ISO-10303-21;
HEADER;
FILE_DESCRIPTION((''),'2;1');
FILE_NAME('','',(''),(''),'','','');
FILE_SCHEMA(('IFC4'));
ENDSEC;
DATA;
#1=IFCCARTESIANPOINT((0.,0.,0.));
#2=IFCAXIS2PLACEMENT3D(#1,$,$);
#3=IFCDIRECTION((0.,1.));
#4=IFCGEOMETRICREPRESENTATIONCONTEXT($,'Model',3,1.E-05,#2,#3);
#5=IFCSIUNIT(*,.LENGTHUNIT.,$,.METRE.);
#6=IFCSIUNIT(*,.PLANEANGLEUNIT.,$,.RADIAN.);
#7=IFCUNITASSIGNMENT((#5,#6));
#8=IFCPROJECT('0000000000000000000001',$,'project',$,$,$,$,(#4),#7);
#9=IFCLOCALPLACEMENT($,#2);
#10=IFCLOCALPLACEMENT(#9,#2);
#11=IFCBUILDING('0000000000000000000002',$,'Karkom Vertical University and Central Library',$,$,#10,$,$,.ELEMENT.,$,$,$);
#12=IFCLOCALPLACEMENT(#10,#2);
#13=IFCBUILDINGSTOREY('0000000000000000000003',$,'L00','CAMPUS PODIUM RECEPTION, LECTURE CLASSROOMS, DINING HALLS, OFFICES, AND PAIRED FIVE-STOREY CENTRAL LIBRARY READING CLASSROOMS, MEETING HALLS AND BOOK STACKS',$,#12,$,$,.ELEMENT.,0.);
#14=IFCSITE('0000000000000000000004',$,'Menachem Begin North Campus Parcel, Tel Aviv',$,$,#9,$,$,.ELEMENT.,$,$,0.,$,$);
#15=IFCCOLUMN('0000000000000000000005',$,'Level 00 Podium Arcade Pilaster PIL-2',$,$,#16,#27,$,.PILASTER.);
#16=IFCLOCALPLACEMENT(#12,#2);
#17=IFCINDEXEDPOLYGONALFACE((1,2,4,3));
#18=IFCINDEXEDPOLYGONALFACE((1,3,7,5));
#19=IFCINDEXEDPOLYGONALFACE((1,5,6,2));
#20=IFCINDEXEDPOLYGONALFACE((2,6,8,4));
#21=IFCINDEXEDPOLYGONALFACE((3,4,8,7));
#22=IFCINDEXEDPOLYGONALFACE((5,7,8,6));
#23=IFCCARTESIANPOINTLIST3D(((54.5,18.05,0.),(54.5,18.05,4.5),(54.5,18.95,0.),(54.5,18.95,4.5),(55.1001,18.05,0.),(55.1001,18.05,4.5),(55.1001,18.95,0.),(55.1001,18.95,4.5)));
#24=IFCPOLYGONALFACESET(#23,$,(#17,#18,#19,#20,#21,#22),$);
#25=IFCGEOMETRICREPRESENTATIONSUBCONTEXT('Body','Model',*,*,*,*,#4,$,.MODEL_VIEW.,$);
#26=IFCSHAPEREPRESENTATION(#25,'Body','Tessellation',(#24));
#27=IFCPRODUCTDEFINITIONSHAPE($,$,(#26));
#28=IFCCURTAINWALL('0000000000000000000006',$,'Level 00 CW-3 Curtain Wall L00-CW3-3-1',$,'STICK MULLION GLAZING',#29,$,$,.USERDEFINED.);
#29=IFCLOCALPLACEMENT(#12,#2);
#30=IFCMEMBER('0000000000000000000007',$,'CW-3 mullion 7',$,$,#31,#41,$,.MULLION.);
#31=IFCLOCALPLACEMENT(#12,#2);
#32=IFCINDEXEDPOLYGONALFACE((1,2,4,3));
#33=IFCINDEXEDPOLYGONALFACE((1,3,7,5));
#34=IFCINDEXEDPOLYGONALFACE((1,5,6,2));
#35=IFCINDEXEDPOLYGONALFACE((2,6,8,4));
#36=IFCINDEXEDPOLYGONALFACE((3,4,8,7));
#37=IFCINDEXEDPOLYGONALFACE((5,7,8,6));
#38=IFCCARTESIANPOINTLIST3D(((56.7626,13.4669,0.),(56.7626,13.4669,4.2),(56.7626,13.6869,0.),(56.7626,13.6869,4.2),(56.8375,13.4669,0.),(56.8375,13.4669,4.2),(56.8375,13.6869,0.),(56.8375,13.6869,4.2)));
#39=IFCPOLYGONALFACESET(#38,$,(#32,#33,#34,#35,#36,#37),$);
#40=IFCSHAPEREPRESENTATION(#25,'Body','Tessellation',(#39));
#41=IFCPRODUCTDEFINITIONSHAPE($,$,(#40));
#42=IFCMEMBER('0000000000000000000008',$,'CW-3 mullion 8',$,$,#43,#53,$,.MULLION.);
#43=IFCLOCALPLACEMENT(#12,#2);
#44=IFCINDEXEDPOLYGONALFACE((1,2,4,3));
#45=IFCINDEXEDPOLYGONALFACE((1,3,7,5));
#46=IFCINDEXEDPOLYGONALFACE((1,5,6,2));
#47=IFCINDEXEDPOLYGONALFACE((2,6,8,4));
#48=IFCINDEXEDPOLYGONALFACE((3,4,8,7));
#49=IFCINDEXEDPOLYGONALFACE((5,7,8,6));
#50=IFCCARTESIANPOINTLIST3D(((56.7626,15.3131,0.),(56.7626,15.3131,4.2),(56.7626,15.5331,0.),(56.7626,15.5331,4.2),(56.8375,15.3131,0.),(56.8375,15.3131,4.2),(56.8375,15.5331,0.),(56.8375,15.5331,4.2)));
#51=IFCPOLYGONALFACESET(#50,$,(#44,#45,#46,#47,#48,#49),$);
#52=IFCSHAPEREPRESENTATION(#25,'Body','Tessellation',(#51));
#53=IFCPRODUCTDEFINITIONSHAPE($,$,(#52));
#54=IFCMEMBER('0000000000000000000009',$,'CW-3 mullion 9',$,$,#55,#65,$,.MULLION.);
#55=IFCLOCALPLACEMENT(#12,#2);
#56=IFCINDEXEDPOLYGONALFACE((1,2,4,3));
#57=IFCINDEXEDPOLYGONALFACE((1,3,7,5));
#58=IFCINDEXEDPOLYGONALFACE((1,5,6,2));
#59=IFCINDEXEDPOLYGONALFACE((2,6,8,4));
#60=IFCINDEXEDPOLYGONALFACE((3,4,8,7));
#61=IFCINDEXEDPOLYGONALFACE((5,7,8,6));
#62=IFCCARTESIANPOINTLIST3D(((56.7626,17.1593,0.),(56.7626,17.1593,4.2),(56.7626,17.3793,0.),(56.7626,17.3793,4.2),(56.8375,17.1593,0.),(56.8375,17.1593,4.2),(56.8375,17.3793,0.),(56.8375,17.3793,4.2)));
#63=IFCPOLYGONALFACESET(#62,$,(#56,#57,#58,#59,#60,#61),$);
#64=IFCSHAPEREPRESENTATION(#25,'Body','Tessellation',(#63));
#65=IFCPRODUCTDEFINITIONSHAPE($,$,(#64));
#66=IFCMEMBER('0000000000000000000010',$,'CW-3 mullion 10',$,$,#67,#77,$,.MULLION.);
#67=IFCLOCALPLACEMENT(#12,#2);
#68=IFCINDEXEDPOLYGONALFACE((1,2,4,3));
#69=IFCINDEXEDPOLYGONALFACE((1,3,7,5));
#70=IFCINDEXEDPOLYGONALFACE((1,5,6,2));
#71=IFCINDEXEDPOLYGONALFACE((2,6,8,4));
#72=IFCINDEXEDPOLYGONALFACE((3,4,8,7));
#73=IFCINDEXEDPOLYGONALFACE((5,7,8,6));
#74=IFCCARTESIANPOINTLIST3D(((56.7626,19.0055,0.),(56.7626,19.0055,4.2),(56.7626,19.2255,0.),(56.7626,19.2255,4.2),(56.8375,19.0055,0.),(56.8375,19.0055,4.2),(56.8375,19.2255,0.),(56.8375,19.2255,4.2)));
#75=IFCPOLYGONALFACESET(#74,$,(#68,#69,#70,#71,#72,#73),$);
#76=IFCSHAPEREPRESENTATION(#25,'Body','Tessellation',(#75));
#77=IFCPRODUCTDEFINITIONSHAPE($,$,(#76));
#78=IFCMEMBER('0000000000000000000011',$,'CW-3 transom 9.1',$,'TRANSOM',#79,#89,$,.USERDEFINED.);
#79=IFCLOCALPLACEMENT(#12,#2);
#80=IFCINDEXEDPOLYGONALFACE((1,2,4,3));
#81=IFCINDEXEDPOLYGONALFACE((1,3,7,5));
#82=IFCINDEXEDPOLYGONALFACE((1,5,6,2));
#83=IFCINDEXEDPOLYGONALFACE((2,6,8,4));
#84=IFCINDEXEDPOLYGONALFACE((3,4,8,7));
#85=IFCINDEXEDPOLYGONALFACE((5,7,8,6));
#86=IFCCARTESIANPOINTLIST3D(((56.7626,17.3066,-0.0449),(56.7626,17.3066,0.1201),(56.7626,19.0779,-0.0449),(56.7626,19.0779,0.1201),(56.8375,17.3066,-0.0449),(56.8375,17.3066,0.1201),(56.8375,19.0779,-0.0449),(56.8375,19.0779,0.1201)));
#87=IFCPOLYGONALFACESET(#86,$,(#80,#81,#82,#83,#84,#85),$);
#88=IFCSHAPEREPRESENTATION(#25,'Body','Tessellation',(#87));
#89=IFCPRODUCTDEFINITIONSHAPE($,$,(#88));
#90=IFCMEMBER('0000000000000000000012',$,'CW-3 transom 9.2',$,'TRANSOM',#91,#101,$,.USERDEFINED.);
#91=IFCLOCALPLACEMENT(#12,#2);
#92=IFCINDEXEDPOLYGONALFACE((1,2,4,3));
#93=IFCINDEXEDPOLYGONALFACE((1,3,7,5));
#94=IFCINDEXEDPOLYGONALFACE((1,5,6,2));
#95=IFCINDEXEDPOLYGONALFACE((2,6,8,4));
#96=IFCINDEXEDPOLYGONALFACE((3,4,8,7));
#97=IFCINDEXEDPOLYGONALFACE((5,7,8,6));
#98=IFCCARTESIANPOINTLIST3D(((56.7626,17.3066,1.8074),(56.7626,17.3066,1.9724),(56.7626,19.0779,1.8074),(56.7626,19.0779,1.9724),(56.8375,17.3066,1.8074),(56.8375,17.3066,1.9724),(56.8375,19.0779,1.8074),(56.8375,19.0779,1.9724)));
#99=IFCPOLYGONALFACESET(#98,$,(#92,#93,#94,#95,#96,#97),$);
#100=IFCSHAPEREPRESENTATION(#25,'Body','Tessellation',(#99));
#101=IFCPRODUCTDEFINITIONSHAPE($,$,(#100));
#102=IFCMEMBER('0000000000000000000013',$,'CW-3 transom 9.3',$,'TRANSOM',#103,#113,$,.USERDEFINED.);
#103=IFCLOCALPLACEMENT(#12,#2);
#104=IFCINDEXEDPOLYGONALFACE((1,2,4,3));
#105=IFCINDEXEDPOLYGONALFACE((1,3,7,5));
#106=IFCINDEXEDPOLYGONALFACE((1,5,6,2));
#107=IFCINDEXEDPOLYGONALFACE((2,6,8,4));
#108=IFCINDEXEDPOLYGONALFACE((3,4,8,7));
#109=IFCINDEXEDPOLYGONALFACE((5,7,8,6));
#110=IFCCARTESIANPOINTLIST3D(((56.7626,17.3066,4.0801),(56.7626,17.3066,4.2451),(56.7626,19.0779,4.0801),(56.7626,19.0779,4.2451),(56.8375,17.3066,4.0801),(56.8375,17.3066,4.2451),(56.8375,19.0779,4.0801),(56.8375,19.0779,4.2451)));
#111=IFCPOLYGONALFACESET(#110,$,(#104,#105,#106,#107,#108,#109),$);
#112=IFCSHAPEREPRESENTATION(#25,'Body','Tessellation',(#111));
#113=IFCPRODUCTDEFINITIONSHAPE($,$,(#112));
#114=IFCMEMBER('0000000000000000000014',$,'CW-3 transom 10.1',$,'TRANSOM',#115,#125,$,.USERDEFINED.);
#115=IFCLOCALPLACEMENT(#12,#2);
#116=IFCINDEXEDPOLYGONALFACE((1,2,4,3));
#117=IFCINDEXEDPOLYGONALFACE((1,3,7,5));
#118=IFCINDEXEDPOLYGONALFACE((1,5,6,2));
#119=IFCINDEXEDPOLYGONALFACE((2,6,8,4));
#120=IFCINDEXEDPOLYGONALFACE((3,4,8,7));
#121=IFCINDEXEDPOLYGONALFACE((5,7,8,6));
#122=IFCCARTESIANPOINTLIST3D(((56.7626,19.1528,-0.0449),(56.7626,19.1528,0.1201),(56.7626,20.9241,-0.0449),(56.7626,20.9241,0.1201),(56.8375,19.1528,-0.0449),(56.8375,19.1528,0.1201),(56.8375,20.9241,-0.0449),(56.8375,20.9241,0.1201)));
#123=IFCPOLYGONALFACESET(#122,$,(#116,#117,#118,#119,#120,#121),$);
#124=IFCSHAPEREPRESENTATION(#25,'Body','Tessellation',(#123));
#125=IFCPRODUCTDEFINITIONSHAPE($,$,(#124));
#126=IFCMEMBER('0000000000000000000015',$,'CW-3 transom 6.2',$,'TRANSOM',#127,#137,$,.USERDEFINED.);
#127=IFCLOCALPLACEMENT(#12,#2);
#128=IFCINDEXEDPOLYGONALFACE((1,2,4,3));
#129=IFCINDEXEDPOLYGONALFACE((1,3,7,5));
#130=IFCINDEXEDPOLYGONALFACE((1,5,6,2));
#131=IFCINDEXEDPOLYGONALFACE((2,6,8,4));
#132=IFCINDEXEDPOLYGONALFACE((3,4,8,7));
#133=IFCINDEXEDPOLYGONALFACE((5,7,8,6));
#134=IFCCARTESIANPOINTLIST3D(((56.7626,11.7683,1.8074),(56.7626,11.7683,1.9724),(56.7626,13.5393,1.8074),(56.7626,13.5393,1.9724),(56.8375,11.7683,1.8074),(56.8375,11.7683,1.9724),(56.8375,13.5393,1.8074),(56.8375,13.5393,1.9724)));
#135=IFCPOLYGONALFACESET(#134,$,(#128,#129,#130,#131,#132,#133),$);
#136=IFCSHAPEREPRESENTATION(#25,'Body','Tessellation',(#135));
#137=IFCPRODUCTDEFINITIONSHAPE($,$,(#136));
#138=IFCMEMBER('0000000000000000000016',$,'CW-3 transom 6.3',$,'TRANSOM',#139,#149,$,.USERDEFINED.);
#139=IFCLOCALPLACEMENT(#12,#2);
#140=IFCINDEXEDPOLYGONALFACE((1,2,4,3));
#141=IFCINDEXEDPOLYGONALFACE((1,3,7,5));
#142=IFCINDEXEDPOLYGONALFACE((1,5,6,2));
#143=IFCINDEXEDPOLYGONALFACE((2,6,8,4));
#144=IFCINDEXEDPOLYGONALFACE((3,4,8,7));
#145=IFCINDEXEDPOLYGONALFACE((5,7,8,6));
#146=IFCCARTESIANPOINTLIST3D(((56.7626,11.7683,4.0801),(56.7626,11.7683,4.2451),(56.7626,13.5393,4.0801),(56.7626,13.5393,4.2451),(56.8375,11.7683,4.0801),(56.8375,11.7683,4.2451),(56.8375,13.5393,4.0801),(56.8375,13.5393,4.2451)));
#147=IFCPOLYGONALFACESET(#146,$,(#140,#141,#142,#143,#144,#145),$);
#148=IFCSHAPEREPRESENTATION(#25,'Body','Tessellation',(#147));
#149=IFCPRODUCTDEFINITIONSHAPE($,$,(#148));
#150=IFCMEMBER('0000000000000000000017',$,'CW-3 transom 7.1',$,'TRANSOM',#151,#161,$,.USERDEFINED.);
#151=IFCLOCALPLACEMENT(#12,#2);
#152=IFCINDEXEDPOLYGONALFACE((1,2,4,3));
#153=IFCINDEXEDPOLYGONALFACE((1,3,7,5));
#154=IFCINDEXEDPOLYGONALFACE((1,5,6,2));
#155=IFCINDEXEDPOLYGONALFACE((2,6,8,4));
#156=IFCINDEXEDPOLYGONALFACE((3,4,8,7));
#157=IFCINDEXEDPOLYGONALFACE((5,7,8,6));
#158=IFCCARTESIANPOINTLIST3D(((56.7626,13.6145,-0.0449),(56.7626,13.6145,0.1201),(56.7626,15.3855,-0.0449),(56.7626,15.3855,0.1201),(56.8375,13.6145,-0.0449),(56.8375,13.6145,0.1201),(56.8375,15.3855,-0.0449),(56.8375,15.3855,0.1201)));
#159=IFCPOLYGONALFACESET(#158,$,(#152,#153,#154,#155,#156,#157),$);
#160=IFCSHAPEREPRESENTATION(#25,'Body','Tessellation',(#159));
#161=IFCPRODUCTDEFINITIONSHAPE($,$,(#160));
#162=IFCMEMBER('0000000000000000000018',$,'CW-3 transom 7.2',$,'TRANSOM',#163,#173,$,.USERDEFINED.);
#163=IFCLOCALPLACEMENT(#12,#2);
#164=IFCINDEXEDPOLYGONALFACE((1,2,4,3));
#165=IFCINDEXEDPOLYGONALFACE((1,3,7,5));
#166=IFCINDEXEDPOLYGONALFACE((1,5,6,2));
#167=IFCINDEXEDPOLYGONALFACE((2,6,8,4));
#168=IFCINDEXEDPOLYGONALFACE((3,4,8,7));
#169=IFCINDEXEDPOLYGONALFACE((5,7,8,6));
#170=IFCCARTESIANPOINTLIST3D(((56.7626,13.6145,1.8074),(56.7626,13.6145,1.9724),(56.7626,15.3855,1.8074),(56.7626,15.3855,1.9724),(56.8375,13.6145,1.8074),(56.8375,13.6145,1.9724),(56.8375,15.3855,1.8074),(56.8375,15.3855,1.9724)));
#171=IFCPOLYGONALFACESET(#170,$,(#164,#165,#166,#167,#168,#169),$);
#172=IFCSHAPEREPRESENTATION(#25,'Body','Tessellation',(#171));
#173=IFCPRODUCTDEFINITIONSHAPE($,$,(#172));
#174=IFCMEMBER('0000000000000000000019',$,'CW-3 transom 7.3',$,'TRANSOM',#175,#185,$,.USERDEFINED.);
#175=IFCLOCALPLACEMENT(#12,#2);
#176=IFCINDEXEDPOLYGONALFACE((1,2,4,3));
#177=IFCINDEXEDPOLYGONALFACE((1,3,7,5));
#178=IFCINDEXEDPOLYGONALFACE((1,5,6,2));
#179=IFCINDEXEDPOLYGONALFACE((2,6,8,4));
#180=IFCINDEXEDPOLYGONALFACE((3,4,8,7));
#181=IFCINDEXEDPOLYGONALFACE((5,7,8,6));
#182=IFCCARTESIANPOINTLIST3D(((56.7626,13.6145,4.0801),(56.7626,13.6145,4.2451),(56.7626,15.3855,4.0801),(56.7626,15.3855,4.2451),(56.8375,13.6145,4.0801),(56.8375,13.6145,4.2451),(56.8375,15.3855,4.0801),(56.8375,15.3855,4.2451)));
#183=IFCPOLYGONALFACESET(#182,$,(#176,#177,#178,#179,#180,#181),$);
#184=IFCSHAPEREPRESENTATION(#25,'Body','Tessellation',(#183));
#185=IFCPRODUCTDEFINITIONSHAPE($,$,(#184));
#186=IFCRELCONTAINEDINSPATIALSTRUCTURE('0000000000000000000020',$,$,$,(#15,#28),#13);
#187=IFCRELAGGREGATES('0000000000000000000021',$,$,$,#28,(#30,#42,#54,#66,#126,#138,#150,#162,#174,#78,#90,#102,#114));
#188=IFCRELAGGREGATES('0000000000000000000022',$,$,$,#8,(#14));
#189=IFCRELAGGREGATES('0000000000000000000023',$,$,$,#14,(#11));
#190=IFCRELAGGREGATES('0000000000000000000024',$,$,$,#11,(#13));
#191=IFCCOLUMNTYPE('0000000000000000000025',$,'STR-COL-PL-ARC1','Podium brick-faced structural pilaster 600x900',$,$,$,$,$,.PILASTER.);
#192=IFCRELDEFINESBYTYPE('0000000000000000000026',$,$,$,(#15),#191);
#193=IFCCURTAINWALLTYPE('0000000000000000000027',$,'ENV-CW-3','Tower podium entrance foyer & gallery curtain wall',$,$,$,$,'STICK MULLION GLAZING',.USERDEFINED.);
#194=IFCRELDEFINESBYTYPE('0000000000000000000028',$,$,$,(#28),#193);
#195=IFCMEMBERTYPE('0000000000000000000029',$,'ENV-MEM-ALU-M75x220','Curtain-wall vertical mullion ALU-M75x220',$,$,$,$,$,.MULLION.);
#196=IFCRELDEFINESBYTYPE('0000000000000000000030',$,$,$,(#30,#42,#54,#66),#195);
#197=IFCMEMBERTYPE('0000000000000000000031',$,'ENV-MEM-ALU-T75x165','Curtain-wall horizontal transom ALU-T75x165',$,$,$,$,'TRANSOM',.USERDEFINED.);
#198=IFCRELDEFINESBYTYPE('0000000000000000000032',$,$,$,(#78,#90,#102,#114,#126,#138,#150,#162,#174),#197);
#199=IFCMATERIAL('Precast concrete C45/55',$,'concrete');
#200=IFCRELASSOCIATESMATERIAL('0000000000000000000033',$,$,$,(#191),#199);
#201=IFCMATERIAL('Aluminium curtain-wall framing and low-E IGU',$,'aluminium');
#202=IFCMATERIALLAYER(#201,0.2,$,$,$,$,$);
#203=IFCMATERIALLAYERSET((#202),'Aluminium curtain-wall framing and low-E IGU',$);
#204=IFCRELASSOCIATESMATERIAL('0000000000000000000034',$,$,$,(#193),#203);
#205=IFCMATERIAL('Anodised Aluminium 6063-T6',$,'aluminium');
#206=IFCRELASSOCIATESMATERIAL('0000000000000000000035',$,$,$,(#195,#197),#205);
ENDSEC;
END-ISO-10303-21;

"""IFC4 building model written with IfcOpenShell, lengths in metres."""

from ifc_helpers import new_model, si_unit, direction, frame, origin, origin_with_axes, origin_2d, place, context, subcontext, project, spatial, rectangle, extrude, source, transform, mapped, material, layer, layer_set, material_profile, profile_set, type_object, element, aggregate, save


model = new_model("IFC4")

# Units and contexts
model_context = context("Model", 3, precision=1e-05, world=origin(), true_north=direction((0.0, 1.0)))
body_context = subcontext(model_context, "Body", "Model", "MODEL_VIEW")
ifc_project = project(units=[si_unit("LENGTHUNIT", "METRE"), si_unit("PLANEANGLEUNIT", "RADIAN")], contexts=[model_context])

# Site, building, storey
site_placement = place(None, origin())
site = spatial("IfcSite", under=ifc_project, at=site_placement, Name="Menachem Begin North Campus Parcel, Tel Aviv", CompositionType="ELEMENT", RefElevation=0.0)
building_placement = place(site_placement, origin())
building = spatial("IfcBuilding", under=site, at=building_placement, Name="Karkom Vertical University and Central Library", CompositionType="ELEMENT")
storey_placement = place(building_placement, origin())
storey = spatial("IfcBuildingStorey", under=building, at=storey_placement, Name="L00", Description="CAMPUS PODIUM RECEPTION, LECTURE CLASSROOMS, DINING HALLS, OFFICES, AND PAIRED FIVE-STOREY CENTRAL LIBRARY READING CLASSROOMS, MEETING HALLS AND BOOK STACKS", CompositionType="ELEMENT", Elevation=0.0)

# Column
ifc_material_1 = material(Name="Precast concrete C45/55", Category="concrete")
ifc_material_profile_1 = material_profile(ifc_material_1, rectangle(XDim=0.6001, YDim=0.8999, at=origin_2d()), Name="PIL-600x900")
ifc_profile_set_1 = profile_set([ifc_material_profile_1], Name="Precast concrete C45/55")
column_type = type_object("IfcColumnType", Name="STR-COL-PL-ARC1", Description="Podium brick-faced structural pilaster 600x900", PredefinedType="PILASTER", material=ifc_profile_set_1)
shared_shape_1 = source(origin_with_axes(), body_context, "Body", "SweptSolid", [
    extrude(rectangle(XDim=0.6001, YDim=0.8999, at=origin_2d()), origin(), (0.0, 0.0, 1.0), 4.5),
])
column_placement = place(storey_placement, frame((54.8, 18.5, 0.0), z_axis=(0.0, 0.0, 1.0), x_axis=(1.0, 0.0, 0.0)))
element("IfcColumn", 1, at=column_placement, inside=storey, type_object=column_type, Name="Level 00 Podium Arcade Pilaster PIL-2", PredefinedType="PILASTER", context=body_context, shape_type="MappedRepresentation", body=[
    mapped(shared_shape_1, transform((0.0, 0.0, 0.0), scale=1.0)),
])

# Curtain wall, members
ifc_material_2 = material(Name="Aluminium curtain-wall framing and low-E IGU", Category="aluminium")
ifc_layer_1 = layer(ifc_material_2, 0.2)
ifc_layer_set_1 = layer_set([ifc_layer_1], Name="Aluminium curtain-wall framing and low-E IGU")
curtain_wall_type = type_object("IfcCurtainWallType", Name="ENV-CW-3", Description="Tower podium entrance foyer & gallery curtain wall", ElementType="STICK MULLION GLAZING", PredefinedType="USERDEFINED", material=ifc_layer_set_1)
curtain_wall_placement = place(storey_placement, origin())
curtain_wall = element("IfcCurtainWall", 2, at=curtain_wall_placement, inside=storey, type_object=curtain_wall_type, Name="Level 00 CW-3 Curtain Wall L00-CW3-3-1", ObjectType="STICK MULLION GLAZING", PredefinedType="USERDEFINED")
ifc_material_3 = material(Name="Anodised Aluminium 6063-T6", Category="aluminium")
ifc_material_profile_2 = material_profile(ifc_material_3, rectangle(XDim=0.075, YDim=0.22, at=origin_2d()), Name="ALU-M75x220")
ifc_profile_set_2 = profile_set([ifc_material_profile_2], Name="Anodised Aluminium 6063-T6")
member_type_1 = type_object("IfcMemberType", Name="ENV-MEM-ALU-M75x220", Description="Curtain-wall vertical mullion ALU-M75x220", PredefinedType="MULLION", material=ifc_profile_set_2)
shared_shape_2 = source(origin_with_axes(), body_context, "Body", "SweptSolid", [
    extrude(rectangle(XDim=0.075, YDim=0.22, at=origin_2d()), origin(), (0.0, 0.0, 1.0), 4.2),
])
member_1_placement = place(storey_placement, frame((56.8, 13.5769, 0.0), z_axis=(0.0, 0.0, 1.0), x_axis=(-1.0, 0.0, 0.0)))
member_1 = element("IfcMember", 3, at=member_1_placement, type_object=member_type_1, Name="CW-3 mullion 7", PredefinedType="MULLION", context=body_context, shape_type="MappedRepresentation", body=[
    mapped(shared_shape_2, transform((0.0, 0.0, 0.0), scale=1.0)),
])
member_2_placement = place(storey_placement, frame((56.8, 15.4231, 0.0), z_axis=(0.0, 0.0, 1.0), x_axis=(-1.0, 0.0, 0.0)))
member_2 = element("IfcMember", 4, at=member_2_placement, type_object=member_type_1, Name="CW-3 mullion 8", PredefinedType="MULLION", context=body_context, shape_type="MappedRepresentation", body=[
    mapped(shared_shape_2, transform((0.0, 0.0, 0.0), scale=1.0)),
])
member_3_placement = place(storey_placement, frame((56.8, 17.2693, 0.0), z_axis=(0.0, 0.0, 1.0), x_axis=(-1.0, 0.0, 0.0)))
member_3 = element("IfcMember", 5, at=member_3_placement, type_object=member_type_1, Name="CW-3 mullion 9", PredefinedType="MULLION", context=body_context, shape_type="MappedRepresentation", body=[
    mapped(shared_shape_2, transform((0.0, 0.0, 0.0), scale=1.0)),
])
member_4_placement = place(storey_placement, frame((56.8, 19.1155, 0.0), z_axis=(0.0, 0.0, 1.0), x_axis=(-1.0, 0.0, 0.0)))
member_4 = element("IfcMember", 6, at=member_4_placement, type_object=member_type_1, Name="CW-3 mullion 10", PredefinedType="MULLION", context=body_context, shape_type="MappedRepresentation", body=[
    mapped(shared_shape_2, transform((0.0, 0.0, 0.0), scale=1.0)),
])
ifc_material_profile_3 = material_profile(ifc_material_3, rectangle(XDim=0.075, YDim=0.165, at=origin_2d()), Name="ALU-T75x165")
ifc_profile_set_3 = profile_set([ifc_material_profile_3], Name="Anodised Aluminium 6063-T6")
member_type_2 = type_object("IfcMemberType", Name="ENV-MEM-ALU-T75x165", Description="Curtain-wall horizontal transom ALU-T75x165", ElementType="TRANSOM", PredefinedType="USERDEFINED", material=ifc_profile_set_3)
shared_shape_3 = source(origin_with_axes(), body_context, "Body", "SweptSolid", [
    extrude(rectangle(XDim=0.075, YDim=0.165, at=origin_2d()), origin(), (0.0, 0.0, 1.0), 1.7712),
])
member_5_placement = place(storey_placement, frame((56.8, 17.3066, 0.0376), z_axis=(0.0, 1.0, 0.0), x_axis=(-1.0, 0.0, 0.0)))
member_5 = element("IfcMember", 7, at=member_5_placement, type_object=member_type_2, Name="CW-3 transom 9.1", ObjectType="TRANSOM", PredefinedType="USERDEFINED", context=body_context, shape_type="MappedRepresentation", body=[
    mapped(shared_shape_3, transform((0.0, 0.0, 0.0), scale=1.0)),
])
member_6_placement = place(storey_placement, frame((56.8, 17.3066, 1.8899), z_axis=(0.0, 1.0, 0.0), x_axis=(-1.0, 0.0, 0.0)))
member_6 = element("IfcMember", 8, at=member_6_placement, type_object=member_type_2, Name="CW-3 transom 9.2", ObjectType="TRANSOM", PredefinedType="USERDEFINED", context=body_context, shape_type="MappedRepresentation", body=[
    mapped(shared_shape_3, transform((0.0, 0.0, 0.0), scale=1.0)),
])
member_7_placement = place(storey_placement, frame((56.8, 17.3066, 4.1626), z_axis=(0.0, 1.0, 0.0), x_axis=(-1.0, 0.0, 0.0)))
member_7 = element("IfcMember", 9, at=member_7_placement, type_object=member_type_2, Name="CW-3 transom 9.3", ObjectType="TRANSOM", PredefinedType="USERDEFINED", context=body_context, shape_type="MappedRepresentation", body=[
    mapped(shared_shape_3, transform((0.0, 0.0, 0.0), scale=1.0)),
])
member_8_placement = place(storey_placement, frame((56.8, 19.1528, 0.0376), z_axis=(0.0, 1.0, 0.0), x_axis=(-1.0, 0.0, 0.0)))
member_8 = element("IfcMember", 10, at=member_8_placement, type_object=member_type_2, Name="CW-3 transom 10.1", ObjectType="TRANSOM", PredefinedType="USERDEFINED", context=body_context, shape_type="MappedRepresentation", body=[
    mapped(shared_shape_3, transform((0.0, 0.0, 0.0), scale=1.0)),
])
shared_shape_4 = source(origin_with_axes(), body_context, "Body", "SweptSolid", [
    extrude(rectangle(XDim=0.075, YDim=0.165, at=origin_2d()), origin(), (0.0, 0.0, 1.0), 1.771),
])
member_9_placement = place(storey_placement, frame((56.8, 11.7683, 1.8899), z_axis=(0.0, 1.0, 0.0), x_axis=(-1.0, 0.0, 0.0)))
member_9 = element("IfcMember", 11, at=member_9_placement, type_object=member_type_2, Name="CW-3 transom 6.2", ObjectType="TRANSOM", PredefinedType="USERDEFINED", context=body_context, shape_type="MappedRepresentation", body=[
    mapped(shared_shape_4, transform((0.0, 0.0, 0.0), scale=1.0)),
])
member_10_placement = place(storey_placement, frame((56.8, 11.7683, 4.1626), z_axis=(0.0, 1.0, 0.0), x_axis=(-1.0, 0.0, 0.0)))
member_10 = element("IfcMember", 12, at=member_10_placement, type_object=member_type_2, Name="CW-3 transom 6.3", ObjectType="TRANSOM", PredefinedType="USERDEFINED", context=body_context, shape_type="MappedRepresentation", body=[
    mapped(shared_shape_4, transform((0.0, 0.0, 0.0), scale=1.0)),
])
member_11_placement = place(storey_placement, frame((56.8, 13.6145, 0.0376), z_axis=(0.0, 1.0, 0.0), x_axis=(-1.0, 0.0, 0.0)))
member_11 = element("IfcMember", 13, at=member_11_placement, type_object=member_type_2, Name="CW-3 transom 7.1", ObjectType="TRANSOM", PredefinedType="USERDEFINED", context=body_context, shape_type="MappedRepresentation", body=[
    mapped(shared_shape_4, transform((0.0, 0.0, 0.0), scale=1.0)),
])
member_12_placement = place(storey_placement, frame((56.8, 13.6145, 1.8899), z_axis=(0.0, 1.0, 0.0), x_axis=(-1.0, 0.0, 0.0)))
member_12 = element("IfcMember", 14, at=member_12_placement, type_object=member_type_2, Name="CW-3 transom 7.2", ObjectType="TRANSOM", PredefinedType="USERDEFINED", context=body_context, shape_type="MappedRepresentation", body=[
    mapped(shared_shape_4, transform((0.0, 0.0, 0.0), scale=1.0)),
])
member_13_placement = place(storey_placement, frame((56.8, 13.6145, 4.1626), z_axis=(0.0, 1.0, 0.0), x_axis=(-1.0, 0.0, 0.0)))
member_13 = element("IfcMember", 15, at=member_13_placement, type_object=member_type_2, Name="CW-3 transom 7.3", ObjectType="TRANSOM", PredefinedType="USERDEFINED", context=body_context, shape_type="MappedRepresentation", body=[
    mapped(shared_shape_4, transform((0.0, 0.0, 0.0), scale=1.0)),
])
aggregate(curtain_wall, [member_1, member_2, member_3, member_4, member_9, member_10, member_11, member_12, member_13, member_5, member_6, member_7, member_8])

save(model, "model.ifc")
